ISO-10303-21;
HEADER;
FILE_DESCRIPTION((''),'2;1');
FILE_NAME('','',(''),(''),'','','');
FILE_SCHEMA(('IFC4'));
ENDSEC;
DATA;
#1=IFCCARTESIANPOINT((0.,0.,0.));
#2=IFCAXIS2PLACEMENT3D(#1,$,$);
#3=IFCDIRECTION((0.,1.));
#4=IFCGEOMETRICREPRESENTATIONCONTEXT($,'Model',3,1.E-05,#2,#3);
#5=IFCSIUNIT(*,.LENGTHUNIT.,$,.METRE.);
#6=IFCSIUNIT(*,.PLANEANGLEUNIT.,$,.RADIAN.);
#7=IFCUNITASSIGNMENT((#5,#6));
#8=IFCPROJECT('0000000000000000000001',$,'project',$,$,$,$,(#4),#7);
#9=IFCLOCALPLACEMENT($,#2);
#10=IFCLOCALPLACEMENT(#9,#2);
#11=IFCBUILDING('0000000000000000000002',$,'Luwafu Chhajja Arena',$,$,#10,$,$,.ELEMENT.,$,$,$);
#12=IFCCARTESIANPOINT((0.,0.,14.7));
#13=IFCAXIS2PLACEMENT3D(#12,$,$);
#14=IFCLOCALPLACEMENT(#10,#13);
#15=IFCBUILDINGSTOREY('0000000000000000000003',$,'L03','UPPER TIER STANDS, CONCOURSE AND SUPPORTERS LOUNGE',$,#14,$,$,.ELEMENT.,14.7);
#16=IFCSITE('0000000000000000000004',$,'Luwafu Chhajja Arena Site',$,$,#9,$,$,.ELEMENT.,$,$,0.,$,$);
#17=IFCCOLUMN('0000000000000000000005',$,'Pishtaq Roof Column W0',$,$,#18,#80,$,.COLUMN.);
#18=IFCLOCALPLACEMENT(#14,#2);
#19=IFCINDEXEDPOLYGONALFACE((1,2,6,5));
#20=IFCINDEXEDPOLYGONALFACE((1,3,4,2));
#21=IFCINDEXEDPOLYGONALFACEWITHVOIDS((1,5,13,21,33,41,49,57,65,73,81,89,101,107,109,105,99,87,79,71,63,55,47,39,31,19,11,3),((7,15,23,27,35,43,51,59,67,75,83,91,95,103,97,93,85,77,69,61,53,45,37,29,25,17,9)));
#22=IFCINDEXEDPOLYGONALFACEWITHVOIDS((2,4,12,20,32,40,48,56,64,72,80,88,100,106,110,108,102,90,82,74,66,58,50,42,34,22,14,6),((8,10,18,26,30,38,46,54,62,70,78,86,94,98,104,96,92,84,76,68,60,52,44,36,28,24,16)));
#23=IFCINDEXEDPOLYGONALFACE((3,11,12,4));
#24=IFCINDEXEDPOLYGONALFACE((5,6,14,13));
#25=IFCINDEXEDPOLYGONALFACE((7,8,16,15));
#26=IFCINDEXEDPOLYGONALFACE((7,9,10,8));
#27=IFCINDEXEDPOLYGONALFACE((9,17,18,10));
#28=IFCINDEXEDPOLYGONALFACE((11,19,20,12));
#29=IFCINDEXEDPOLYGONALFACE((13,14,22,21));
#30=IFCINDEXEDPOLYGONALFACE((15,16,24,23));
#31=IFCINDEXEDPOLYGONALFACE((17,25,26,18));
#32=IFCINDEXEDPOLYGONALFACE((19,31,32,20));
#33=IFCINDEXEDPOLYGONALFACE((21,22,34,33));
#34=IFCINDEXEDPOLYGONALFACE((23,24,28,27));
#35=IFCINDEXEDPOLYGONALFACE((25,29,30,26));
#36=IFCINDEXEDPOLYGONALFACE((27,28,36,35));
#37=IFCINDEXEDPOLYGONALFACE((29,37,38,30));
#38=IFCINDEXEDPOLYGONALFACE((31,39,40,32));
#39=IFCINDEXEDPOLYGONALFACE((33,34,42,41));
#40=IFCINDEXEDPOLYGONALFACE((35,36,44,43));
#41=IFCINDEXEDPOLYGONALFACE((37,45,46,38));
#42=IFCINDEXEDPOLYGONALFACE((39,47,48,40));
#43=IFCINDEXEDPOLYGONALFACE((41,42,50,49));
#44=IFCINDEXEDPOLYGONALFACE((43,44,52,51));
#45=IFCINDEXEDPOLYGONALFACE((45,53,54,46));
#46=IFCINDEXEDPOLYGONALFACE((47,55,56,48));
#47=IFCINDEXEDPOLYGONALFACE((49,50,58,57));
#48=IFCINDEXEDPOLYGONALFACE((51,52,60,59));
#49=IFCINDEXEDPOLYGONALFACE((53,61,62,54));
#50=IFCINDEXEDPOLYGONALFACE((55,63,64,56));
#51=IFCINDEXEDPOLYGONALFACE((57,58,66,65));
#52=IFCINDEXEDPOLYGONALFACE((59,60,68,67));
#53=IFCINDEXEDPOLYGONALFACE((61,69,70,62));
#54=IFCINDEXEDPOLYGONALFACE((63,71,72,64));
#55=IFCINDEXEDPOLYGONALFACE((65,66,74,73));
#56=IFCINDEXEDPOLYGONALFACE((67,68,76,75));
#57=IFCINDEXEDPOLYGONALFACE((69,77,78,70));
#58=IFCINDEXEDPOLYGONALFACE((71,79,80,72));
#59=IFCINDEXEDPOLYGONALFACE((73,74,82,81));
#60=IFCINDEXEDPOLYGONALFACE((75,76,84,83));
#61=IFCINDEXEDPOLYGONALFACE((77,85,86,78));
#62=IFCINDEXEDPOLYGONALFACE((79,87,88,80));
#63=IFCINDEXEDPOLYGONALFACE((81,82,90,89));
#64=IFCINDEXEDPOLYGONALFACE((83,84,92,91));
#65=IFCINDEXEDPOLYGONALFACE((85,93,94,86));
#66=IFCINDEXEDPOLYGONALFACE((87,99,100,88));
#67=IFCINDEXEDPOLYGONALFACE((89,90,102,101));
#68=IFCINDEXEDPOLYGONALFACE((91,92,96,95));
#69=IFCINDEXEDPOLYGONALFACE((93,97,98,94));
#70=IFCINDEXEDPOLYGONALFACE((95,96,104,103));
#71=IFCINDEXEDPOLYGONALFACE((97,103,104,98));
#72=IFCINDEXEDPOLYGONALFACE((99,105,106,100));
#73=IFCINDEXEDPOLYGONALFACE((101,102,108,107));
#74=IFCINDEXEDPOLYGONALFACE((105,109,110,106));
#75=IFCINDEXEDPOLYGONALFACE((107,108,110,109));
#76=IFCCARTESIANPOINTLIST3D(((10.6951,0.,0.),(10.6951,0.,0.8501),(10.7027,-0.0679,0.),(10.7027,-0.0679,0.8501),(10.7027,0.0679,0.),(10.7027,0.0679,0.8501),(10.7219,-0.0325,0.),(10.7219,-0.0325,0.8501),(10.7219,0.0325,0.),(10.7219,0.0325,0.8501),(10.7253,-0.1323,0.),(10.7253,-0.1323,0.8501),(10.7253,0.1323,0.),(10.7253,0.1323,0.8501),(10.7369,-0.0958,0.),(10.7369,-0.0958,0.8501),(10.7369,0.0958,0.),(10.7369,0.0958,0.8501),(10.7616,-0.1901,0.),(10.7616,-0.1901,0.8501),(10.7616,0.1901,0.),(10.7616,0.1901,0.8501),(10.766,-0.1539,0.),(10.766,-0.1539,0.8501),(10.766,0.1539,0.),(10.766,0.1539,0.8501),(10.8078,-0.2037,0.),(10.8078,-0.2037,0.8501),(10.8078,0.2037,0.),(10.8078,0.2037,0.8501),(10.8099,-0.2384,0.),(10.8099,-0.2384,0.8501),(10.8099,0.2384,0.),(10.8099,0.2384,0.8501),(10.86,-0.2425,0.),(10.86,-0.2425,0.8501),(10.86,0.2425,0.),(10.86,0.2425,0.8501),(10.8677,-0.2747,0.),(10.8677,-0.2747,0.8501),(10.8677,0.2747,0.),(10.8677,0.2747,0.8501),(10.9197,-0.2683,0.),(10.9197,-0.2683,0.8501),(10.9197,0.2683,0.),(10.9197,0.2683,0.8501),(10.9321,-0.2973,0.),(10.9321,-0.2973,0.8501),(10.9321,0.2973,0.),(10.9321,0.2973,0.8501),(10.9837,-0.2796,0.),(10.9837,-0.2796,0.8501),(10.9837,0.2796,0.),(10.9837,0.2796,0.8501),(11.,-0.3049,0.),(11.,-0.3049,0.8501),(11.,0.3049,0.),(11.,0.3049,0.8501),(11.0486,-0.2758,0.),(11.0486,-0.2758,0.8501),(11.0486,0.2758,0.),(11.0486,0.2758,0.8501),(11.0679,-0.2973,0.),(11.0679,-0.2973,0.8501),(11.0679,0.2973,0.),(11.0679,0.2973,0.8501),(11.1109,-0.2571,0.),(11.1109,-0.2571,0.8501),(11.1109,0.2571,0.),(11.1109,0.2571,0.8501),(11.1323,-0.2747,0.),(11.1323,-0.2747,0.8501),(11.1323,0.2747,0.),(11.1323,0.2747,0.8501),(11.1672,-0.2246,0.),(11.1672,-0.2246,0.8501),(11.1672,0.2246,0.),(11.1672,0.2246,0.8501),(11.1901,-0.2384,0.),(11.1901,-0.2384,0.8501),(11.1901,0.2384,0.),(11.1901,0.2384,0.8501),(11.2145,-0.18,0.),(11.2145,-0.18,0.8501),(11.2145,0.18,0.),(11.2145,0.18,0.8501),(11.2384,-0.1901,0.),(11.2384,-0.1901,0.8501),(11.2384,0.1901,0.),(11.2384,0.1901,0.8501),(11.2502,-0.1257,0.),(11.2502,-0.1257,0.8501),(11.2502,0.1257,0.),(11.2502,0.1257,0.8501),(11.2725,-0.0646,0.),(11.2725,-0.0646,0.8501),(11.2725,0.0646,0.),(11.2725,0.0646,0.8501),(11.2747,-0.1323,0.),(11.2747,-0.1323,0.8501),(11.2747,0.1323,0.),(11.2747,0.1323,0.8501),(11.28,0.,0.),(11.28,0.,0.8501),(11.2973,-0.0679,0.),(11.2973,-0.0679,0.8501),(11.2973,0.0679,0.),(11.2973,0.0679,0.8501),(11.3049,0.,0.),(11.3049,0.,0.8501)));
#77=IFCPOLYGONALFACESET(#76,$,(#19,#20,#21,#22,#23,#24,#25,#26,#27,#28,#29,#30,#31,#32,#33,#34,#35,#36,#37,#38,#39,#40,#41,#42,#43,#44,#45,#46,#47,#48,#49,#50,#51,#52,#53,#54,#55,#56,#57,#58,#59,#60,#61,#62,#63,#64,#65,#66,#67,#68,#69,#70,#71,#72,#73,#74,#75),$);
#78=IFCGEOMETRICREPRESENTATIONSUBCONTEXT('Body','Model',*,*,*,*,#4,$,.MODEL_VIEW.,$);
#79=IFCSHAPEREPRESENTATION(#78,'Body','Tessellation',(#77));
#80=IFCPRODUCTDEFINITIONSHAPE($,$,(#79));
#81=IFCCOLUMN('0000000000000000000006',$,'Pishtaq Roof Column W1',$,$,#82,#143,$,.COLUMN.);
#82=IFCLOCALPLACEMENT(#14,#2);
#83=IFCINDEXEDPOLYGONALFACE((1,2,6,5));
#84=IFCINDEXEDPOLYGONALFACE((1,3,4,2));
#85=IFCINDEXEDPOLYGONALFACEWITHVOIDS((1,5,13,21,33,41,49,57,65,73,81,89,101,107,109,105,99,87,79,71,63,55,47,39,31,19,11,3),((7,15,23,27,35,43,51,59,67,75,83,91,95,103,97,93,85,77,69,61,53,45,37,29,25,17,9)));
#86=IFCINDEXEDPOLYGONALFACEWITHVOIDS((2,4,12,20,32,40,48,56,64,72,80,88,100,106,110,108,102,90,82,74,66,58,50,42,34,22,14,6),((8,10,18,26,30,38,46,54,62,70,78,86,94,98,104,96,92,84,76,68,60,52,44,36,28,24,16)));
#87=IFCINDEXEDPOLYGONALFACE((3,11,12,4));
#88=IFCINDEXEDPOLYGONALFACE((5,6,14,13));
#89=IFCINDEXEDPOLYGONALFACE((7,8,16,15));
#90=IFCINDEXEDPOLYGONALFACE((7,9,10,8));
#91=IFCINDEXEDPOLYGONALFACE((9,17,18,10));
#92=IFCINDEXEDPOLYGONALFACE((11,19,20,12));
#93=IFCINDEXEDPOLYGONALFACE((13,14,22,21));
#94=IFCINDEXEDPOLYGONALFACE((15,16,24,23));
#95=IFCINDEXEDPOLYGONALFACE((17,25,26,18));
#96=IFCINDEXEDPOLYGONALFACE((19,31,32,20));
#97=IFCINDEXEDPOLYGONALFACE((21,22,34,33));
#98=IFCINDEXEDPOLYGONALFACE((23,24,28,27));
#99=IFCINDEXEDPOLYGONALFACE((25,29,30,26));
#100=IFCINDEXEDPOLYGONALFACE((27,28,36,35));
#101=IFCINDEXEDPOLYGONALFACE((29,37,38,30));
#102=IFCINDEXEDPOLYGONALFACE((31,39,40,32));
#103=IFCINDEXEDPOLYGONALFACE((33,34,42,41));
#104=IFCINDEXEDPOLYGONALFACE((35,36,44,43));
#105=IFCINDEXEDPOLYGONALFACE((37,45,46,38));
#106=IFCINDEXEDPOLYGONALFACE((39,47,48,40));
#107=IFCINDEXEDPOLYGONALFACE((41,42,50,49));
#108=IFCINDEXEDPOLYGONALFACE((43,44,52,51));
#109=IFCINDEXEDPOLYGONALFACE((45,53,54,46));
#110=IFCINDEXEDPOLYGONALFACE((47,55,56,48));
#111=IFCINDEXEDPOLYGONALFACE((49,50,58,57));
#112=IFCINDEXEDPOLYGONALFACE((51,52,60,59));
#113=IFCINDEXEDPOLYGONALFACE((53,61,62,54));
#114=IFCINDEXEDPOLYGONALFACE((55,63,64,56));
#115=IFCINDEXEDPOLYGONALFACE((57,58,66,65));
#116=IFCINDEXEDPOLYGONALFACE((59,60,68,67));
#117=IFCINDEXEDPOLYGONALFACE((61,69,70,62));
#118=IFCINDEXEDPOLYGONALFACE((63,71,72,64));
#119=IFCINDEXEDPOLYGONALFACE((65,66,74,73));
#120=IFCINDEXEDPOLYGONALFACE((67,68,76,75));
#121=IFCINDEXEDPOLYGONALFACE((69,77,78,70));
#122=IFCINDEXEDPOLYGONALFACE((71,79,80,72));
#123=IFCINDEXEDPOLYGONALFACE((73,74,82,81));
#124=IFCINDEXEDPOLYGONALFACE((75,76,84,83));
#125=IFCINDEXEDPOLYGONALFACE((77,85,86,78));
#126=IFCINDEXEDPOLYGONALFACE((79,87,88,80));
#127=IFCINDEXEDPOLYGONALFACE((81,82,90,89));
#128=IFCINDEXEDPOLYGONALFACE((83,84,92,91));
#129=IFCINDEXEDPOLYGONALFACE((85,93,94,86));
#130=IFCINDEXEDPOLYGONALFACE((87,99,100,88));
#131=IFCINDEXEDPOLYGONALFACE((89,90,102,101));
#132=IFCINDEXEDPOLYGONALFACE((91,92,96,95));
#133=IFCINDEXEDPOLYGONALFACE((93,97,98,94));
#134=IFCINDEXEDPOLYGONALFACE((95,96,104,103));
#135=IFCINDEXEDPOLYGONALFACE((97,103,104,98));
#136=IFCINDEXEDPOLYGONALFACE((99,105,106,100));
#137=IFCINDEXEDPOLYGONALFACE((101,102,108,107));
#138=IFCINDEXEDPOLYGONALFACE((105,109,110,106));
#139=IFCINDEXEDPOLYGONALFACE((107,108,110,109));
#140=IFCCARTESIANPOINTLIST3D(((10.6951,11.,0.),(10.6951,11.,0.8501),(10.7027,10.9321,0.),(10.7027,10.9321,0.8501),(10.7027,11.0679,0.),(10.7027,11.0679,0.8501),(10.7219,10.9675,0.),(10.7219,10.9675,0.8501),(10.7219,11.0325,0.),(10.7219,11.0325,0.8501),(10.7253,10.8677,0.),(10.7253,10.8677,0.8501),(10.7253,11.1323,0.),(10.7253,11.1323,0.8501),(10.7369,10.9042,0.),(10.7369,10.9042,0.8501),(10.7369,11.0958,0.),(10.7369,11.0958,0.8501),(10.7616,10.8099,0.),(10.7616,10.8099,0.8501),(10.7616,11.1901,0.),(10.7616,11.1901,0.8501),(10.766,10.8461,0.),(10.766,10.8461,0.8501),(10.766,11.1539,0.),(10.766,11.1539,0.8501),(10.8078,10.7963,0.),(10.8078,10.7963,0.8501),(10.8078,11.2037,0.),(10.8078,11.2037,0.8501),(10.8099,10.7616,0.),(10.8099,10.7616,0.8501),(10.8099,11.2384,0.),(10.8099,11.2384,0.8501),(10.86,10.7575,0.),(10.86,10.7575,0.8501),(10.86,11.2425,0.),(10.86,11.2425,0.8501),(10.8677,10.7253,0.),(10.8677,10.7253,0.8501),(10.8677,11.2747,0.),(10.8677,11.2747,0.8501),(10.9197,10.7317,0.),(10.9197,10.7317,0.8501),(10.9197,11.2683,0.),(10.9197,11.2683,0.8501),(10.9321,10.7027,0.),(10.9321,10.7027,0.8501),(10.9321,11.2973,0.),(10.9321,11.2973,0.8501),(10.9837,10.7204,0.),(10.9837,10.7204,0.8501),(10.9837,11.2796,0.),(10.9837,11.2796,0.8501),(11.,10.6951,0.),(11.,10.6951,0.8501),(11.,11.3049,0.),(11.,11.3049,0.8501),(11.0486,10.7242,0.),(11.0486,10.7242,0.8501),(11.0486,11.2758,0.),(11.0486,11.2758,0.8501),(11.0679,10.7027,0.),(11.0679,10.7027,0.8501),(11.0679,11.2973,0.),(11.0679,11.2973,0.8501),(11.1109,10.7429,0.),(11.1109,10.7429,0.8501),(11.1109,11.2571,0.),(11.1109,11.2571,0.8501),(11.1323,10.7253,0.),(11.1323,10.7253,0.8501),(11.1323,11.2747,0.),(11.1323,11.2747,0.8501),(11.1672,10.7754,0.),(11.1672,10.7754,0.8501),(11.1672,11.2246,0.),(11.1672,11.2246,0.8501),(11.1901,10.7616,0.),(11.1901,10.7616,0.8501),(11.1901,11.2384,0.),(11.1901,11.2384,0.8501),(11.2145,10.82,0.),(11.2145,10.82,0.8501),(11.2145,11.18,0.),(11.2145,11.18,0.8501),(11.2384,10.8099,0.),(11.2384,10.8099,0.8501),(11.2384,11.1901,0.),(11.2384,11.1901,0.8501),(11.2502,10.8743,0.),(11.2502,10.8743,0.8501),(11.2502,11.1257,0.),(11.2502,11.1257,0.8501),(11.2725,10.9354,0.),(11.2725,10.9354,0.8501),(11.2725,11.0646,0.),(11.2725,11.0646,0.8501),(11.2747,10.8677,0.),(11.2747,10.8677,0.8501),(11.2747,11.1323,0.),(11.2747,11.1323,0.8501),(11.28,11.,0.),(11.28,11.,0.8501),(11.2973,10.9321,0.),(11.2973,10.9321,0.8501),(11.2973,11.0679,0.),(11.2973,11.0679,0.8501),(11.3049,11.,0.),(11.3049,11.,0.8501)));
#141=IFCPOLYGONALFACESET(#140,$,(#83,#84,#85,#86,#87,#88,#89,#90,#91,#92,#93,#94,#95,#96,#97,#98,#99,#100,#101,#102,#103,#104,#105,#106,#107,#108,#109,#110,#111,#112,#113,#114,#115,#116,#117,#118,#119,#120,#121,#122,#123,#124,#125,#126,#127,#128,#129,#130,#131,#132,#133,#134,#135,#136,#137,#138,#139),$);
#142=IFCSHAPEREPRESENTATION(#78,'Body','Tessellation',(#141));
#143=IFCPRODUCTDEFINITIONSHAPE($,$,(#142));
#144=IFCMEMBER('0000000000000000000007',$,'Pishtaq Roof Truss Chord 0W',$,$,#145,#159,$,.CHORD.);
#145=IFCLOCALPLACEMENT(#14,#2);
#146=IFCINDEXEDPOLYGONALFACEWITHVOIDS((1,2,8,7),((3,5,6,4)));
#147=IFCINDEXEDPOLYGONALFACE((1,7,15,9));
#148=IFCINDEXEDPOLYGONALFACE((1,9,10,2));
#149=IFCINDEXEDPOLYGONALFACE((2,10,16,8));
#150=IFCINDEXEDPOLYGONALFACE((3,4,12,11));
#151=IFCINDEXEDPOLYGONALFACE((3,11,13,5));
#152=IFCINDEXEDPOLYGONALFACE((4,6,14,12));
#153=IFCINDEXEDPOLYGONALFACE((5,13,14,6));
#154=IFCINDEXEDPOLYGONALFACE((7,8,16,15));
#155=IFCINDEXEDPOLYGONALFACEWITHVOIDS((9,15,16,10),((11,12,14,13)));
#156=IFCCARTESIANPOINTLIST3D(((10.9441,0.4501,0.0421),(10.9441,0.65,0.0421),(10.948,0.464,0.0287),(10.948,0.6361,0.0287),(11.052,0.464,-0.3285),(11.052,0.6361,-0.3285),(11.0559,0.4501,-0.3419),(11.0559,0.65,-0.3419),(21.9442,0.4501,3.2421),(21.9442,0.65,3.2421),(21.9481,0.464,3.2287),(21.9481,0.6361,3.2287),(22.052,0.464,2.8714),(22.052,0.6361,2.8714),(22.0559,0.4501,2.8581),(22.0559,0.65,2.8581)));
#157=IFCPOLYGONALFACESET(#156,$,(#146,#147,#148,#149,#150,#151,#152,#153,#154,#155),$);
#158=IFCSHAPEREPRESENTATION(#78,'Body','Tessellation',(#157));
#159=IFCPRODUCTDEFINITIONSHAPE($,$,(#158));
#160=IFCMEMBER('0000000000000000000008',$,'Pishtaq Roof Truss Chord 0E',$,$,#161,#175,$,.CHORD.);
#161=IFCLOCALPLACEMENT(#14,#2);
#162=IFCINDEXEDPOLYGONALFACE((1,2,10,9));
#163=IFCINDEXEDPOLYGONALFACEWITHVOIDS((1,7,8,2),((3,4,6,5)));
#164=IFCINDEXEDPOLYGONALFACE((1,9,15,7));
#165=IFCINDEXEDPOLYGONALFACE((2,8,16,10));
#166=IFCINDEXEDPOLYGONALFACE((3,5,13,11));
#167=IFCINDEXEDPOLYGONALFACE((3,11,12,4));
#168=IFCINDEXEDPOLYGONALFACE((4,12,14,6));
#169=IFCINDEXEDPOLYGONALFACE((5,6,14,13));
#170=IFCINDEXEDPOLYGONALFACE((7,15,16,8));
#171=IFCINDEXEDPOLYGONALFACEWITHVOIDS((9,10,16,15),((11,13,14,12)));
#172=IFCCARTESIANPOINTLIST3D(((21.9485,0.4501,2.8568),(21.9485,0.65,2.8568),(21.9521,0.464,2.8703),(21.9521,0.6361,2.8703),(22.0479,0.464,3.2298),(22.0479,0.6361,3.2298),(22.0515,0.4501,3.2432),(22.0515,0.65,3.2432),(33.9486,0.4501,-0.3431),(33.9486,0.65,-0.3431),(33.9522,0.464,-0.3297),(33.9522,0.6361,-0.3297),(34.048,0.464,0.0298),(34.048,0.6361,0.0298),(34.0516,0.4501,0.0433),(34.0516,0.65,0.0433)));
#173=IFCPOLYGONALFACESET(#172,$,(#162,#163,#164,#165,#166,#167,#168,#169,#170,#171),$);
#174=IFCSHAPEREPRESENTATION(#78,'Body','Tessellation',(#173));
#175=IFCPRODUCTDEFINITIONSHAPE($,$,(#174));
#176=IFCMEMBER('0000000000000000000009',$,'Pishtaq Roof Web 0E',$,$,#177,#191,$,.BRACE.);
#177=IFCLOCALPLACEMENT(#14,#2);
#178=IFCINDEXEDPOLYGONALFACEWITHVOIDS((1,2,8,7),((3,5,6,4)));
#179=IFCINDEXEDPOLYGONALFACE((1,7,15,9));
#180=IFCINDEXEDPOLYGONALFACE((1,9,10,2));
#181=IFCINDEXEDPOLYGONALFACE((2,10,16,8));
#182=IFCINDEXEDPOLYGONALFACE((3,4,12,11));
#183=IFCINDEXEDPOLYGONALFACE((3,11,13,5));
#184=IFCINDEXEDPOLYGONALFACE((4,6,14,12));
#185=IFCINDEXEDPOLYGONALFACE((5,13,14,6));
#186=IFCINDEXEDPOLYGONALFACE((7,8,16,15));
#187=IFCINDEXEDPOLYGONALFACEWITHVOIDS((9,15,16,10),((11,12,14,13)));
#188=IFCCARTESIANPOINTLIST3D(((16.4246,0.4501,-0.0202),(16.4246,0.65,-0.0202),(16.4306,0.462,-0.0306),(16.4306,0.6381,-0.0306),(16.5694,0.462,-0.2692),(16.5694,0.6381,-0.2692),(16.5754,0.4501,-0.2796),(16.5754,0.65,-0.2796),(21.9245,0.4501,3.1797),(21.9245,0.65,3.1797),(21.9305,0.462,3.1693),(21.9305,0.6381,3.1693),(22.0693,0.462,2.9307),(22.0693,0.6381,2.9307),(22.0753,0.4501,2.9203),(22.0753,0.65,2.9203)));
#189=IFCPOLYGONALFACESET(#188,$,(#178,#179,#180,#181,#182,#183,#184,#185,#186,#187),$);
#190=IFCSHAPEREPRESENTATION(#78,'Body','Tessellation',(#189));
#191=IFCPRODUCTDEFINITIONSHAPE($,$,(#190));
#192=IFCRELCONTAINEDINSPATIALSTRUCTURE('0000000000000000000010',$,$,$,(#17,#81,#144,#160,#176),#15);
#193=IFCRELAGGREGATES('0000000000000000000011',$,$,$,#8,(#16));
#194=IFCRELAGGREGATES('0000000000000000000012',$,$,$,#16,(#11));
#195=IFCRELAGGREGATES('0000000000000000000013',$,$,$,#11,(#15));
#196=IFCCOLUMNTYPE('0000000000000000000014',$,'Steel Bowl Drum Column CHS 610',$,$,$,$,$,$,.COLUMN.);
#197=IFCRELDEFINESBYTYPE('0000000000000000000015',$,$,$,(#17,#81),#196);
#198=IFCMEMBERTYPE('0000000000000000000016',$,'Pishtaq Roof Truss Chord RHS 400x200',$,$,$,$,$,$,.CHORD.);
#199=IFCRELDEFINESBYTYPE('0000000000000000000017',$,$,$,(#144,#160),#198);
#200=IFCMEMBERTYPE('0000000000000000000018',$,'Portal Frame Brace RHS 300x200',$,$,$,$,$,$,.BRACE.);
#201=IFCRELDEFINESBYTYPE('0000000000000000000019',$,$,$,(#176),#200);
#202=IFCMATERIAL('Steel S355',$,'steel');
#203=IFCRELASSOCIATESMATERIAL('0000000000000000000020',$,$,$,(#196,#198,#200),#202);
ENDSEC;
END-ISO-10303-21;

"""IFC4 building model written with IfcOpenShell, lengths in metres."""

from ifc_helpers import new_model, si_unit, direction, frame, origin, origin_2d, place, context, subcontext, project, spatial, hollow_rectangle, hollow_circle, extrude, material, material_profile, profile_set, type_object, element, save


model = new_model("IFC4")

# Units and contexts
model_context = context("Model", 3, precision=1e-05, world=origin(), true_north=direction((0.0, 1.0)))
body_context = subcontext(model_context, "Body", "Model", "MODEL_VIEW")
ifc_project = project(units=[si_unit("LENGTHUNIT", "METRE"), si_unit("PLANEANGLEUNIT", "RADIAN")], contexts=[model_context])

# Site, building, storey
site_placement = place(None, origin())
site = spatial("IfcSite", under=ifc_project, at=site_placement, Name="Luwafu Chhajja Arena Site", CompositionType="ELEMENT", RefElevation=0.0)
building_placement = place(site_placement, origin())
building = spatial("IfcBuilding", under=site, at=building_placement, Name="Luwafu Chhajja Arena", CompositionType="ELEMENT")
storey_placement = place(building_placement, frame((0.0, 0.0, 14.7)))
storey = spatial("IfcBuildingStorey", under=building, at=storey_placement, Name="L03", Description="UPPER TIER STANDS, CONCOURSE AND SUPPORTERS LOUNGE", CompositionType="ELEMENT", Elevation=14.7)

# Columns
ifc_material_1 = material(Name="Steel S355", Category="steel")
ifc_material_profile_1 = material_profile(ifc_material_1, hollow_circle(Radius=0.3049, WallThickness=0.0249, at=origin_2d()), Name="CHS 610x25")
ifc_profile_set_1 = profile_set([ifc_material_profile_1], Name="Steel S355")
column_type = type_object("IfcColumnType", Name="Steel Bowl Drum Column CHS 610", PredefinedType="COLUMN", material=ifc_profile_set_1)
for number, where, z_axis, x_axis, name in (
    (1, (11.0, 0.0, 0.0), (0.0, 0.0, 1.0), (1.0, 0.0, 0.0), "Pishtaq Roof Column W0"),
    (2, (11.0, 11.0, 0.0), (0.0, 0.0, 1.0), (1.0, 0.0, 0.0), "Pishtaq Roof Column W1"),
):
    element("IfcColumn", number, at=place(storey_placement, frame(where, z_axis=z_axis, x_axis=x_axis)), inside=storey, type_object=column_type, Name=name, PredefinedType="COLUMN", context=body_context, shape_type="SweptSolid", body=[
        extrude(hollow_circle(Radius=0.3049, WallThickness=0.0249, at=origin_2d()), origin(), (0.0, 0.0, 1.0), 0.8501),
    ])

# Members
ifc_material_profile_2 = material_profile(ifc_material_1, hollow_rectangle(XDim=0.2, YDim=0.3999, WallThickness=0.0139, at=origin_2d()), Name="RHS 400x200x14")
ifc_profile_set_2 = profile_set([ifc_material_profile_2], Name="Steel S355")
member_type_1 = type_object("IfcMemberType", Name="Pishtaq Roof Truss Chord RHS 400x200", PredefinedType="CHORD", material=ifc_profile_set_2)
member_1_placement = place(storey_placement, frame((11.0, 0.55, -0.1499), z_axis=(0.960196, 0.0, 0.279326), x_axis=(0.0, 1.0, 0.0)))
element("IfcMember", 3, at=member_1_placement, inside=storey, type_object=member_type_1, Name="Pishtaq Roof Truss Chord 0W", PredefinedType="CHORD", context=body_context, shape_type="SweptSolid", body=[
    extrude(hollow_rectangle(XDim=0.2, YDim=0.3999, WallThickness=0.0139, at=origin_2d()), origin(), (0.0, 0.0, 1.0), 11.4561),
])
member_2_placement = place(storey_placement, frame((22.0, 0.55, 3.05), z_axis=(0.966236, 0.0, -0.257659), x_axis=(0.0, 1.0, 0.0)))
element("IfcMember", 4, at=member_2_placement, inside=storey, type_object=member_type_1, Name="Pishtaq Roof Truss Chord 0E", PredefinedType="CHORD", context=body_context, shape_type="SweptSolid", body=[
    extrude(hollow_rectangle(XDim=0.2, YDim=0.3999, WallThickness=0.0139, at=origin_2d()), origin(), (0.0, 0.0, 1.0), 12.4194),
])
ifc_material_profile_3 = material_profile(ifc_material_1, hollow_rectangle(XDim=0.2, YDim=0.3, WallThickness=0.012, at=origin_2d()), Name="RHS 300x200x12")
ifc_profile_set_3 = profile_set([ifc_material_profile_3], Name="Steel S355")
member_type_2 = type_object("IfcMemberType", Name="Portal Frame Brace RHS 300x200", PredefinedType="BRACE", material=ifc_profile_set_3)
member_3_placement = place(storey_placement, frame((16.5, 0.55, -0.1499), z_axis=(0.864352, 0.0, 0.502888), x_axis=(0.0, 1.0, 0.0)))
element("IfcMember", 5, at=member_3_placement, inside=storey, type_object=member_type_2, Name="Pishtaq Roof Web 0E", PredefinedType="BRACE", context=body_context, shape_type="SweptSolid", body=[
    extrude(hollow_rectangle(XDim=0.2, YDim=0.3, WallThickness=0.012, at=origin_2d()), origin(), (0.0, 0.0, 1.0), 6.363),
])

save(model, "model.ifc")
